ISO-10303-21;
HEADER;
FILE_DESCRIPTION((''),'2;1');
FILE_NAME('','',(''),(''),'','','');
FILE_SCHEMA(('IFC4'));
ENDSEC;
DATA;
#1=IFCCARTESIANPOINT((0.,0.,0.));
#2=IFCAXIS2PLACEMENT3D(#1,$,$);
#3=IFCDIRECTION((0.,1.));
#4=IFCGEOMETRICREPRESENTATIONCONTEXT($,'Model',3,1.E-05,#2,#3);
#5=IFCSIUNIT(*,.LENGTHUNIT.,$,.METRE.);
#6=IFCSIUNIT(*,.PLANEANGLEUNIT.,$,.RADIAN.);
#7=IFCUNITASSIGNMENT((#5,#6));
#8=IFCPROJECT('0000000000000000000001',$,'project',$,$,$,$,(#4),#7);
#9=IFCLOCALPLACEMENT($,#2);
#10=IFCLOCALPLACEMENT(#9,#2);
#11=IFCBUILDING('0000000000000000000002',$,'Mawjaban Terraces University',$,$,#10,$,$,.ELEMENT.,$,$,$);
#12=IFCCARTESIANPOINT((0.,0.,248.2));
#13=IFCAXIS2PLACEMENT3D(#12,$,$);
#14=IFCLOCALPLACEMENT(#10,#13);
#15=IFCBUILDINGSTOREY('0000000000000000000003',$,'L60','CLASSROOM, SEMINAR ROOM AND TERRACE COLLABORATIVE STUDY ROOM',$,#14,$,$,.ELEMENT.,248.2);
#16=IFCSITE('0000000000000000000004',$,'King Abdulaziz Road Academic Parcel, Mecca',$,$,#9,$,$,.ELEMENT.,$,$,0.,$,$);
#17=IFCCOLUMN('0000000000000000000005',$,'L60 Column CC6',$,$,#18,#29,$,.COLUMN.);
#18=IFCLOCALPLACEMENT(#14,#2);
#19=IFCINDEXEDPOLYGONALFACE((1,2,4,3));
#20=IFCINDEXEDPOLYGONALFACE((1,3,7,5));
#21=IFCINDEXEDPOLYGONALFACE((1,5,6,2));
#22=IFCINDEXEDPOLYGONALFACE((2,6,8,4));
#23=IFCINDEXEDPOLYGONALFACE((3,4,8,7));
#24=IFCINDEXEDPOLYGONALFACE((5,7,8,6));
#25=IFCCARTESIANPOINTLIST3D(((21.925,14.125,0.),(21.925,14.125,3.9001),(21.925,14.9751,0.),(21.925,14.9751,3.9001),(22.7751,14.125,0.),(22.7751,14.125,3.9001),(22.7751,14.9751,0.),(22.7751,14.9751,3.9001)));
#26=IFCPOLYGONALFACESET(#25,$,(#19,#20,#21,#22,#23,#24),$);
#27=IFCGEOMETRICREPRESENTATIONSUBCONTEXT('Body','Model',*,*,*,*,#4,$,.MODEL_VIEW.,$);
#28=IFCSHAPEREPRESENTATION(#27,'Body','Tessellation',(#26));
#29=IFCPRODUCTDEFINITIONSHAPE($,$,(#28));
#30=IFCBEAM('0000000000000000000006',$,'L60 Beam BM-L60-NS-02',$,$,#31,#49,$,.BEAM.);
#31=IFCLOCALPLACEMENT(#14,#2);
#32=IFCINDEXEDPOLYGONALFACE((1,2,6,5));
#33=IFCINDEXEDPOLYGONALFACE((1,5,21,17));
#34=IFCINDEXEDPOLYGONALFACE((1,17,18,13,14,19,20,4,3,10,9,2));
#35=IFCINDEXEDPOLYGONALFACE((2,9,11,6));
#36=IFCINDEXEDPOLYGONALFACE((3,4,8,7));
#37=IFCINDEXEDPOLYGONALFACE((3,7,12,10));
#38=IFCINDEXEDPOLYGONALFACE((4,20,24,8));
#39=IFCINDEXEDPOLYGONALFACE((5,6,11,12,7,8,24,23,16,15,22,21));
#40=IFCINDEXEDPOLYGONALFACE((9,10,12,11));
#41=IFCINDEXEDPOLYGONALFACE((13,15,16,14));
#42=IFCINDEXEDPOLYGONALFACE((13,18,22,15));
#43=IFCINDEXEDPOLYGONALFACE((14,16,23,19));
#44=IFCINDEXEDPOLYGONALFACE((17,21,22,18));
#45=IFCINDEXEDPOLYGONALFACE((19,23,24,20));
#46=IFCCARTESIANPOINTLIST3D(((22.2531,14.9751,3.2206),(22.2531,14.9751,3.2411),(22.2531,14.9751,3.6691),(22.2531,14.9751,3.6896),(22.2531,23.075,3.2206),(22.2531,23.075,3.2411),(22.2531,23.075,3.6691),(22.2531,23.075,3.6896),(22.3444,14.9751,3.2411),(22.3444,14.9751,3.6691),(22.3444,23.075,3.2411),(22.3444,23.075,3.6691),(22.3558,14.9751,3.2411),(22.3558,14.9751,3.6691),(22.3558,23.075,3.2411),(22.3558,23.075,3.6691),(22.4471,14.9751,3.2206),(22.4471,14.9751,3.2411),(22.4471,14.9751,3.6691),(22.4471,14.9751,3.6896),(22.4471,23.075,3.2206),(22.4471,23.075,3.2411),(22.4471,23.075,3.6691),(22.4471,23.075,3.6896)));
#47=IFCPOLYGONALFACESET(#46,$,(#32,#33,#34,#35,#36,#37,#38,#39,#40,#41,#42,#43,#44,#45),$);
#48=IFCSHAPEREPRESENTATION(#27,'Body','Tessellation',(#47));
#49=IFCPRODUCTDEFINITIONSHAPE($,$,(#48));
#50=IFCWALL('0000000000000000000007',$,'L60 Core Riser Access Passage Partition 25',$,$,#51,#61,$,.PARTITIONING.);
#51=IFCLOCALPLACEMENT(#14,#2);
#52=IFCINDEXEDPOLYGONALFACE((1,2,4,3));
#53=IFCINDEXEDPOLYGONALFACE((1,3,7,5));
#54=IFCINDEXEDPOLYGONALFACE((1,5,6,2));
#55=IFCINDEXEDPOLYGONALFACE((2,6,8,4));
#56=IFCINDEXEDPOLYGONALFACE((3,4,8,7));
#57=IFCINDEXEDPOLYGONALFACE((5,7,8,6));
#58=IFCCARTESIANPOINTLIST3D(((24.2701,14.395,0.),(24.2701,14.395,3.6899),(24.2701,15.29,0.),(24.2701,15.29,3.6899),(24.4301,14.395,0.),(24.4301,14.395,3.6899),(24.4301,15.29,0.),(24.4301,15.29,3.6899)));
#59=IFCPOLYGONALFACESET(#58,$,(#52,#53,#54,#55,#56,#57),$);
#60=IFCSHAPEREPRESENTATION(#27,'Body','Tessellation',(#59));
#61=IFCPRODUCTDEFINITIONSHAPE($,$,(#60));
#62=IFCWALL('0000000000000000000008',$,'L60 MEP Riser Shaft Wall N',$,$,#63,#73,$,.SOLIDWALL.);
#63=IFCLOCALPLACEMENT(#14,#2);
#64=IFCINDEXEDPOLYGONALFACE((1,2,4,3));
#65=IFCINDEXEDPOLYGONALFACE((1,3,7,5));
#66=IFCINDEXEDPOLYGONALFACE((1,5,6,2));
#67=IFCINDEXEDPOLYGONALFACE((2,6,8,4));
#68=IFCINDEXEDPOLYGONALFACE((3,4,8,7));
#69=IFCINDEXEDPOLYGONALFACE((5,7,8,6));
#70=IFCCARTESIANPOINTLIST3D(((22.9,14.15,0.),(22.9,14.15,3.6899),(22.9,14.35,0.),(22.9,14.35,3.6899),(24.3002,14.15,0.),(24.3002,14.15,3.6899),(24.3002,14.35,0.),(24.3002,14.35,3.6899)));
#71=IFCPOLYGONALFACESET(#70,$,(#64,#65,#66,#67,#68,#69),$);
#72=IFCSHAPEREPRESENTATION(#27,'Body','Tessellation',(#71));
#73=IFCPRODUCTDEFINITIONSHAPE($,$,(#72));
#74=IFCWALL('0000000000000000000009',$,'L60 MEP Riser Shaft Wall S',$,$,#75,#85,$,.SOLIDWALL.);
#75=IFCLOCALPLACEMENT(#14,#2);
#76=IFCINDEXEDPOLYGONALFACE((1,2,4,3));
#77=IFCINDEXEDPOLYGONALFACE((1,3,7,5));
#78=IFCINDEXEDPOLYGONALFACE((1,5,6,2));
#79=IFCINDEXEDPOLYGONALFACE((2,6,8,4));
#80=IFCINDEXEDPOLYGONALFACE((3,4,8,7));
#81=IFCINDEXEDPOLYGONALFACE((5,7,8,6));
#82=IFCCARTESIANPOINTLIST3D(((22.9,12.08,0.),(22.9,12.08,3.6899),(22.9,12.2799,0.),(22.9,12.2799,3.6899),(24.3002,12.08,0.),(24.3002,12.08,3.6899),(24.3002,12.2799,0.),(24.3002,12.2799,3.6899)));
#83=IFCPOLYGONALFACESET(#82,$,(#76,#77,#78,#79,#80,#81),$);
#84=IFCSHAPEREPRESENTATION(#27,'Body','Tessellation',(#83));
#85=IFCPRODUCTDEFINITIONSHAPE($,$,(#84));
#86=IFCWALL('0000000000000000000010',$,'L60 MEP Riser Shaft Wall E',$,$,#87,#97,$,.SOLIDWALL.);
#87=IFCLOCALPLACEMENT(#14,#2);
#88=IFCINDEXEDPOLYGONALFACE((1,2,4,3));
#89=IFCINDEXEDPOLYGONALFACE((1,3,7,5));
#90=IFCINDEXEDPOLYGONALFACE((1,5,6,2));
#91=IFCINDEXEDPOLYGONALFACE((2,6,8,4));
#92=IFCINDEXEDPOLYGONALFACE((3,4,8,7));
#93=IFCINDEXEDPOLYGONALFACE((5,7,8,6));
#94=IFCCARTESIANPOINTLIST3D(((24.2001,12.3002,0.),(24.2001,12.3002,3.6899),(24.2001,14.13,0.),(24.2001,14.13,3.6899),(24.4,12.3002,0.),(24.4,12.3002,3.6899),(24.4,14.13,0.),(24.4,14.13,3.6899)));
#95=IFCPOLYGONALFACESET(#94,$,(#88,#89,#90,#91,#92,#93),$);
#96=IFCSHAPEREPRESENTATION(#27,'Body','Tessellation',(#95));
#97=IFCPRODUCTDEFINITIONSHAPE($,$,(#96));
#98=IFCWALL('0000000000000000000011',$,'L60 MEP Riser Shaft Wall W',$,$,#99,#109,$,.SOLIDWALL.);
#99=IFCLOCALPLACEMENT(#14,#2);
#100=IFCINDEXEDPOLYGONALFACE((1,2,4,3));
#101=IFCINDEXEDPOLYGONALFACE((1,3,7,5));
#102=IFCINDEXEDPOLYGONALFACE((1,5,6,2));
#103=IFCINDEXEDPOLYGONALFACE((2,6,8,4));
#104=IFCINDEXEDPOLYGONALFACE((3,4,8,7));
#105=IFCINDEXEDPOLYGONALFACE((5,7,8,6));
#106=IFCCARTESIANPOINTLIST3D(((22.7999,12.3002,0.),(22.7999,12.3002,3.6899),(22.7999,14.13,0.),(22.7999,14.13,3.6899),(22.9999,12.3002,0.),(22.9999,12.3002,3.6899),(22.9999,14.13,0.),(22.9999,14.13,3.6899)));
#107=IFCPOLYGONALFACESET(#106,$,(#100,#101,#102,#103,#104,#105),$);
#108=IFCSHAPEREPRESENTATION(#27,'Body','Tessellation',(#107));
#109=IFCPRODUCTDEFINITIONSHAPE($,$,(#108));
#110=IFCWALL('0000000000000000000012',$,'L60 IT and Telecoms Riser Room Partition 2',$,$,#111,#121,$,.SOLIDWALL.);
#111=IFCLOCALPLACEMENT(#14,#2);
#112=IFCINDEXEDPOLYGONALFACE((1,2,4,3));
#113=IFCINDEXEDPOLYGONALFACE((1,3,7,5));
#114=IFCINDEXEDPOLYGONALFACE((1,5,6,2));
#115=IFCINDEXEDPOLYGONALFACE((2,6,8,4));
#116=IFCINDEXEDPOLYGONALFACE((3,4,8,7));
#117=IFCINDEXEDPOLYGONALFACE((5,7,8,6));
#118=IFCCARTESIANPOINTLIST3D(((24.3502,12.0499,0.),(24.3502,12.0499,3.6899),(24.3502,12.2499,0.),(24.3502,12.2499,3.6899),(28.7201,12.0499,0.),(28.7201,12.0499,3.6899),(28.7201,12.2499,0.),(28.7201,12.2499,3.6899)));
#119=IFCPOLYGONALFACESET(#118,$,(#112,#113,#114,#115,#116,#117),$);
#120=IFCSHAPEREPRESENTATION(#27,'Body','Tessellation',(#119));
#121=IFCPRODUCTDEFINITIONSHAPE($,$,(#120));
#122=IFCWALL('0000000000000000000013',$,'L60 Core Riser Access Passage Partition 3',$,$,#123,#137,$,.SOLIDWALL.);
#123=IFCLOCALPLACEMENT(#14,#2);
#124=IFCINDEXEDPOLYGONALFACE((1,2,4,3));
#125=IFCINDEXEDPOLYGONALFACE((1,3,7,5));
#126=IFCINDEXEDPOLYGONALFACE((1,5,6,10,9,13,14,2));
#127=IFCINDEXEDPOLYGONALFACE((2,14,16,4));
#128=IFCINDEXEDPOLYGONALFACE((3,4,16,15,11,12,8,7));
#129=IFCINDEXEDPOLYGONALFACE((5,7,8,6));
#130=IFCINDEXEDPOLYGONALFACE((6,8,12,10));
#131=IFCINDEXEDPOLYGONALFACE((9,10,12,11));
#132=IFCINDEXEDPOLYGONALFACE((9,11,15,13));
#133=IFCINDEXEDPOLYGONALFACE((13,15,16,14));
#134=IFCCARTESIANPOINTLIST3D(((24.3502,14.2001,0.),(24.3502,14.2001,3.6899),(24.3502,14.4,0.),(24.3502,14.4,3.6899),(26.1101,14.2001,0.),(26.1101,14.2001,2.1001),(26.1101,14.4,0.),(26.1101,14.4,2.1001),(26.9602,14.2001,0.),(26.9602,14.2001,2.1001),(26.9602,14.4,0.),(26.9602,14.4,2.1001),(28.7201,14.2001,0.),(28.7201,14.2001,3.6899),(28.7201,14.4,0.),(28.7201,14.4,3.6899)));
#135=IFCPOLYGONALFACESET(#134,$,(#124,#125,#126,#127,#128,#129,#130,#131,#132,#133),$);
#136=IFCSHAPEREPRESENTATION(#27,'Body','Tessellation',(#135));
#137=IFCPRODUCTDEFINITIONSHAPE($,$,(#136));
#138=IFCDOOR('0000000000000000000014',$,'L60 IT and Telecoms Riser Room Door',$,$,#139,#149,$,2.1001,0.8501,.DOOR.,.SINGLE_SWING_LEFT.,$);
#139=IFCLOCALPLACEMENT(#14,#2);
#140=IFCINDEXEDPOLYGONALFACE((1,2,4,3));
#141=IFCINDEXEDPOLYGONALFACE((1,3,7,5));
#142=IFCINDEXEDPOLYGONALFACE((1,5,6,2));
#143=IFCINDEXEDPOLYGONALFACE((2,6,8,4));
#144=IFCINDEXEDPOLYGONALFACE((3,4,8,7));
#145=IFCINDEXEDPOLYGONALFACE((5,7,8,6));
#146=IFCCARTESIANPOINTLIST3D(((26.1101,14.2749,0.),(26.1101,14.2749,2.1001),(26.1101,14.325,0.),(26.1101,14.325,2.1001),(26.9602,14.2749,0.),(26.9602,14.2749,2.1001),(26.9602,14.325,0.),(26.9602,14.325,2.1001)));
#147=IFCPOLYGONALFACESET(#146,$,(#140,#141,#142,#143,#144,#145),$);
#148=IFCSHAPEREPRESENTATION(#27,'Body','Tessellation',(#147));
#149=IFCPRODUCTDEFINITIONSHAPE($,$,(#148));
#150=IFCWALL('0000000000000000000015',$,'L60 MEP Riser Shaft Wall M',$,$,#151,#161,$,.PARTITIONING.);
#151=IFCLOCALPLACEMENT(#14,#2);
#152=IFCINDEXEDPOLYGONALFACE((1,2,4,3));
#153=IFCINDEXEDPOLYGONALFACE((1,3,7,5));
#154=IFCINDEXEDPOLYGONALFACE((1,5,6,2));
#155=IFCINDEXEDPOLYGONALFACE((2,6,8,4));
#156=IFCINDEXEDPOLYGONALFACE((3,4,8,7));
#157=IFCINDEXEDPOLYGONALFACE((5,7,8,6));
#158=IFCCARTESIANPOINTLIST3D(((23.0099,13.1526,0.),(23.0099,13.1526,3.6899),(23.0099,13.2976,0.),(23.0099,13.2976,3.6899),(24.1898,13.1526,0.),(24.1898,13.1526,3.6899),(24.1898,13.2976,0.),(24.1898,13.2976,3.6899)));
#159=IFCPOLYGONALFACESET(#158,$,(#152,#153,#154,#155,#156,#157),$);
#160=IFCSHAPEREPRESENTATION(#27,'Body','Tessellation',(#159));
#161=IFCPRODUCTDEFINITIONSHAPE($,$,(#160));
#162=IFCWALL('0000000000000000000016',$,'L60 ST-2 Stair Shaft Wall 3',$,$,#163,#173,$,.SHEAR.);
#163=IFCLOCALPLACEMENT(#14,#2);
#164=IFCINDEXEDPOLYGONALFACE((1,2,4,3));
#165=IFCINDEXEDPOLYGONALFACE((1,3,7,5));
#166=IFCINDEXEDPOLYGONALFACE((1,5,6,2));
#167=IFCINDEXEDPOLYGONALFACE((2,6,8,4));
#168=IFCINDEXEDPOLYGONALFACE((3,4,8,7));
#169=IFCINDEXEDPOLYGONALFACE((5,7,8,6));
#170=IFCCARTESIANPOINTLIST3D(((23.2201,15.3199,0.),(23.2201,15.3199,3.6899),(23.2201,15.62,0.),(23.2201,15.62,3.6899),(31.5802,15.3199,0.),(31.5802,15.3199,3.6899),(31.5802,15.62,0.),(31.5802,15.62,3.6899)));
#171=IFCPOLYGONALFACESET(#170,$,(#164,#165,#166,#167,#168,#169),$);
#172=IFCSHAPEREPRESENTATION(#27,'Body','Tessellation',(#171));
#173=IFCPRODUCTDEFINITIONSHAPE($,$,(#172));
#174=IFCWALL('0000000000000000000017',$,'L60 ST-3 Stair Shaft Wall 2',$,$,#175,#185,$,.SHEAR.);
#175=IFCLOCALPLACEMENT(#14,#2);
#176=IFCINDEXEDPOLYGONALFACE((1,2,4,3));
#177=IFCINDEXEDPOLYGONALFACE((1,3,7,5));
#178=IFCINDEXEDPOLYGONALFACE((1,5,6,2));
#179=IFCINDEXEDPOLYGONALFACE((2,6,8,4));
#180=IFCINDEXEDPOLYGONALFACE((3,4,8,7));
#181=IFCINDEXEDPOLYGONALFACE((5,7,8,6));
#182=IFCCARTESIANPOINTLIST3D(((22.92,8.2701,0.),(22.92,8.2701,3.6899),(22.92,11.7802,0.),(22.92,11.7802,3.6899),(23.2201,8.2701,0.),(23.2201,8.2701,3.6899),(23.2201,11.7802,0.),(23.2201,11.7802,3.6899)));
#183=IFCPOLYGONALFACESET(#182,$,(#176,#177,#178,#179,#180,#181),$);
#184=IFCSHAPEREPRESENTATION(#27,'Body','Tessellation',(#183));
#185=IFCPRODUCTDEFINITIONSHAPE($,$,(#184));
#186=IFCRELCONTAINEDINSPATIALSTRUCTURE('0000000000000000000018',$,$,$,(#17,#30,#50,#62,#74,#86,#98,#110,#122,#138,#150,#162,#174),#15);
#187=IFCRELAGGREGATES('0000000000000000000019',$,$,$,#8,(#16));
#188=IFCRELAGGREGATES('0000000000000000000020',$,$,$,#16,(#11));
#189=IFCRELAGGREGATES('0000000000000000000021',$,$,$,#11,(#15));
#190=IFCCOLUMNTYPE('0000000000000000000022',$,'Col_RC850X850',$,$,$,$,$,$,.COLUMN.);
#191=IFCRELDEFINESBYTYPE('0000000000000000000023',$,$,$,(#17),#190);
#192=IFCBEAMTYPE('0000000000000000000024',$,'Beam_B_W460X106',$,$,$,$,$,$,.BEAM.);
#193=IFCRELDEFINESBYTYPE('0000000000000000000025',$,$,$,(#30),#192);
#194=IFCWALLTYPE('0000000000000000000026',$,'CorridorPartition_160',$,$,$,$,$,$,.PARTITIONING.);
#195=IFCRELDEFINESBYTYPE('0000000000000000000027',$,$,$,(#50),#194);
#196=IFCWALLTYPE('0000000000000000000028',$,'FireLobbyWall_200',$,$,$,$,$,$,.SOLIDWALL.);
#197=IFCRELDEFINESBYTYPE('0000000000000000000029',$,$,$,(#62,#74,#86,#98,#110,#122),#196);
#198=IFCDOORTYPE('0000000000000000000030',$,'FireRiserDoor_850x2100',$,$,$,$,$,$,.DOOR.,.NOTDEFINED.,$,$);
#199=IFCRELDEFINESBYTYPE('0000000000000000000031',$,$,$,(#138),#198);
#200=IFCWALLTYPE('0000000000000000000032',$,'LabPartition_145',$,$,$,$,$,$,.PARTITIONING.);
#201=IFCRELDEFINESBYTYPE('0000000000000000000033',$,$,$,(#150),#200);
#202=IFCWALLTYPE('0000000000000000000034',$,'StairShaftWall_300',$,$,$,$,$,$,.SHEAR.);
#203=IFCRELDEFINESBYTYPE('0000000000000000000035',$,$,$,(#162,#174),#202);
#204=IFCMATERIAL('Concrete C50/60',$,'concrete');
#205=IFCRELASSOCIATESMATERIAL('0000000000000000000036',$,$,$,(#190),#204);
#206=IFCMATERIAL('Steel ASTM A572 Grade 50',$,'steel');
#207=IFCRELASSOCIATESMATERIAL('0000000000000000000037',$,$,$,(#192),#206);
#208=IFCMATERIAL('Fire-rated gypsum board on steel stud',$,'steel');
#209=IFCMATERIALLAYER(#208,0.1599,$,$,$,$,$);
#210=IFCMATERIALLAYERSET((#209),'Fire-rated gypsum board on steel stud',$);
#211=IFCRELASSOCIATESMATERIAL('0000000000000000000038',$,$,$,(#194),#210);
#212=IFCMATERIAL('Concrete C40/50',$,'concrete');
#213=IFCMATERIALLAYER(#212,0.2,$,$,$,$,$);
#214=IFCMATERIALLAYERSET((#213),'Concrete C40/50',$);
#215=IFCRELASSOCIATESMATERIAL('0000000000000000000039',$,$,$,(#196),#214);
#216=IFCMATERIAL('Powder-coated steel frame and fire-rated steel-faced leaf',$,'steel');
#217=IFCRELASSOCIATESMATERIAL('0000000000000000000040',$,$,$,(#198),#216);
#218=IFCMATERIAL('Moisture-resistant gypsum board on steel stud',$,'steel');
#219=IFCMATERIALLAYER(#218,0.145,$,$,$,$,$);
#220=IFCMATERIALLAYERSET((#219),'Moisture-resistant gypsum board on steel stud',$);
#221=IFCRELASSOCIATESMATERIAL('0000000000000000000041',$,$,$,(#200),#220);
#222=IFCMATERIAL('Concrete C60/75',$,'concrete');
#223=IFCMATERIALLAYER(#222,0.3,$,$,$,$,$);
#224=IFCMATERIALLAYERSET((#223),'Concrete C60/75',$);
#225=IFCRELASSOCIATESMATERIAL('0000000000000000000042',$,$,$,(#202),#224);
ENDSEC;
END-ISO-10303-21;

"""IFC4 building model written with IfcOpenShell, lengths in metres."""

from ifc_helpers import new_model, si_unit, direction, frame, frame_2d, origin, origin_2d, place, context, subcontext, project, spatial, rectangle, i_section, extrude, material, layer, layer_set, material_profile, profile_set, type_object, element, fill, save


model = new_model("IFC4")

# Units and contexts
model_context = context("Model", 3, precision=1e-05, world=origin(), true_north=direction((0.0, 1.0)))
body_context = subcontext(model_context, "Body", "Model", "MODEL_VIEW")
ifc_project = project(units=[si_unit("LENGTHUNIT", "METRE"), si_unit("PLANEANGLEUNIT", "RADIAN")], contexts=[model_context])

# Site, building, storey
site_placement = place(None, origin())
site = spatial("IfcSite", under=ifc_project, at=site_placement, Name="King Abdulaziz Road Academic Parcel, Mecca", CompositionType="ELEMENT", RefElevation=0.0)
building_placement = place(site_placement, origin())
building = spatial("IfcBuilding", under=site, at=building_placement, Name="Mawjaban Terraces University", CompositionType="ELEMENT")
storey_placement = place(building_placement, frame((0.0, 0.0, 248.2)))
storey = spatial("IfcBuildingStorey", under=building, at=storey_placement, Name="L60", Description="CLASSROOM, SEMINAR ROOM AND TERRACE COLLABORATIVE STUDY ROOM", CompositionType="ELEMENT", Elevation=248.2)

# Column
ifc_material_1 = material(Name="Concrete C50/60", Category="concrete")
ifc_material_profile_1 = material_profile(ifc_material_1, rectangle(XDim=0.8501, YDim=0.8501, at=origin_2d()), Name="RC850X850")
ifc_profile_set_1 = profile_set([ifc_material_profile_1], Name="Concrete C50/60")
column_type = type_object("IfcColumnType", Name="Col_RC850X850", PredefinedType="COLUMN", material=ifc_profile_set_1)
column_placement = place(storey_placement, frame((22.3501, 14.55, 0.0), z_axis=(0.0, 0.0, 1.0), x_axis=(1.0, 0.0, 0.0)))
element("IfcColumn", 1, at=column_placement, inside=storey, type_object=column_type, Name="L60 Column CC6", PredefinedType="COLUMN", context=body_context, shape_type="SweptSolid", body=[
    extrude(rectangle(XDim=0.8501, YDim=0.8501, at=origin_2d()), origin(), (0.0, 0.0, 1.0), 3.9001),
])

# Beam
ifc_material_2 = material(Name="Steel ASTM A572 Grade 50", Category="steel")
ifc_material_profile_2 = material_profile(ifc_material_2, i_section(OverallWidth=0.1941, OverallDepth=0.469, WebThickness=0.0115, FlangeThickness=0.0205, at=origin_2d()), Name="W460X106")
ifc_profile_set_2 = profile_set([ifc_material_profile_2], Name="Steel ASTM A572 Grade 50")
beam_type = type_object("IfcBeamType", Name="Beam_B_W460X106", PredefinedType="BEAM", material=ifc_profile_set_2)
beam_placement = place(storey_placement, frame((22.3501, 14.9751, 3.4551), z_axis=(0.0, 1.0, 0.0), x_axis=(-1.0, 0.0, 0.0)))
element("IfcBeam", 2, at=beam_placement, inside=storey, type_object=beam_type, Name="L60 Beam BM-L60-NS-02", PredefinedType="BEAM", context=body_context, shape_type="SweptSolid", body=[
    extrude(i_section(OverallWidth=0.1941, OverallDepth=0.469, WebThickness=0.0115, FlangeThickness=0.0205, at=origin_2d()), origin(), (0.0, 0.0, 1.0), 8.0999),
])

# Walls
ifc_material_3 = material(Name="Fire-rated gypsum board on steel stud", Category="steel")
ifc_layer_1 = layer(ifc_material_3, 0.1599)
ifc_layer_set_1 = layer_set([ifc_layer_1], Name="Fire-rated gypsum board on steel stud")
wall_type_1 = type_object("IfcWallType", Name="CorridorPartition_160", PredefinedType="PARTITIONING", material=ifc_layer_set_1)
wall_1_placement = place(storey_placement, frame((24.3501, 15.29, 0.0), z_axis=(0.0, 0.0, 1.0), x_axis=(0.0, -1.0, 0.0)))
element("IfcWall", 3, at=wall_1_placement, inside=storey, type_object=wall_type_1, Name="L60 Core Riser Access Passage Partition 25", PredefinedType="PARTITIONING", context=body_context, shape_type="SweptSolid", body=[
    extrude(rectangle(XDim=0.895, YDim=0.1599, at=frame_2d((0.4475, 0.0))), origin(), (0.0, 0.0, 1.0), 3.6899),
])
ifc_material_4 = material(Name="Concrete C40/50", Category="concrete")
ifc_layer_2 = layer(ifc_material_4, 0.2)
ifc_layer_set_2 = layer_set([ifc_layer_2], Name="Concrete C40/50")
wall_type_2 = type_object("IfcWallType", Name="FireLobbyWall_200", PredefinedType="SOLIDWALL", material=ifc_layer_set_2)
for number, where, z_axis, x_axis, name in (
    (4, (22.8999, 14.25, 0.0), (0.0, 0.0, 1.0), (1.0, 0.0, 0.0), "L60 MEP Riser Shaft Wall N"),
    (5, (22.8999, 12.1799, 0.0), (0.0, 0.0, 1.0), (1.0, 0.0, 0.0), "L60 MEP Riser Shaft Wall S"),
):
    element("IfcWall", number, at=place(storey_placement, frame(where, z_axis=z_axis, x_axis=x_axis)), inside=storey, type_object=wall_type_2, Name=name, PredefinedType="SOLIDWALL", context=body_context, shape_type="SweptSolid", body=[
        extrude(rectangle(XDim=1.4001, YDim=0.2, at=frame_2d((0.7002, 0.0))), origin(), (0.0, 0.0, 1.0), 3.6899),
    ])
for number, where, z_axis, x_axis, name in (
    (6, (24.3, 12.3, 0.0), (0.0, 0.0, 1.0), (0.0, 1.0, 0.0), "L60 MEP Riser Shaft Wall E"),
    (7, (22.8999, 12.3, 0.0), (0.0, 0.0, 1.0), (0.0, 1.0, 0.0), "L60 MEP Riser Shaft Wall W"),
):
    element("IfcWall", number, at=place(storey_placement, frame(where, z_axis=z_axis, x_axis=x_axis)), inside=storey, type_object=wall_type_2, Name=name, PredefinedType="SOLIDWALL", context=body_context, shape_type="SweptSolid", body=[
        extrude(rectangle(XDim=1.8298, YDim=0.2, at=frame_2d((0.915, 0.0))), origin(), (0.0, 0.0, 1.0), 3.6899),
    ])
wall_2_placement = place(storey_placement, frame((24.3501, 12.1499, 0.0), z_axis=(0.0, 0.0, 1.0), x_axis=(1.0, 0.0, 0.0)))
element("IfcWall", 8, at=wall_2_placement, inside=storey, type_object=wall_type_2, Name="L60 IT and Telecoms Riser Room Partition 2", PredefinedType="SOLIDWALL", context=body_context, shape_type="SweptSolid", body=[
    extrude(rectangle(XDim=4.3699, YDim=0.2, at=frame_2d((2.1851, 0.0))), origin(), (0.0, 0.0, 1.0), 3.6899),
])

# Wall, opening, door
wall_3_placement = place(storey_placement, frame((24.3501, 14.3, 0.0), z_axis=(0.0, 0.0, 1.0), x_axis=(1.0, 0.0, 0.0)))
wall_3 = element("IfcWall", 9, at=wall_3_placement, inside=storey, type_object=wall_type_2, Name="L60 Core Riser Access Passage Partition 3", PredefinedType="SOLIDWALL", context=body_context, shape_type="SweptSolid", body=[
    extrude(rectangle(XDim=4.3699, YDim=0.2, at=frame_2d((2.1851, 0.0))), origin(), (0.0, 0.0, 1.0), 3.6899),
])
opening_placement = place(wall_3_placement, frame((1.76, 0.0, 0.0)))
opening = element("IfcOpeningElement", 10, at=opening_placement, cuts=wall_3, PredefinedType="OPENING", context=body_context, shape_type="SweptSolid", body=[
    extrude(rectangle(XDim=0.8501, YDim=2.1001, at=frame_2d((0.425, 1.05))), frame((0.0, 0.1099, 0.0), z_axis=(0.0, -1.0, 0.0), x_axis=(1.0, 0.0, 0.0)), (0.0, 0.0, 1.0), 0.22),
])
ifc_material_5 = material(Name="Powder-coated steel frame and fire-rated steel-faced leaf", Category="steel")
door_type = type_object("IfcDoorType", Name="FireRiserDoor_850x2100", OperationType="NOTDEFINED", PredefinedType="DOOR", material=ifc_material_5)
door_placement = place(opening_placement, origin())
door = element("IfcDoor", 11, at=door_placement, inside=storey, type_object=door_type, Name="L60 IT and Telecoms Riser Room Door", OperationType="SINGLE_SWING_LEFT", OverallHeight=2.1001, OverallWidth=0.8501, PredefinedType="DOOR", context=body_context, shape_type="SweptSolid", body=[
    extrude(rectangle(XDim=0.8501, YDim=2.1001, at=frame_2d((0.425, 1.05))), frame((0.0, 0.0249, 0.0), z_axis=(0.0, -1.0, 0.0), x_axis=(1.0, 0.0, 0.0)), (0.0, 0.0, 1.0), 0.05),
])
fill(opening, door)

# Walls
ifc_material_6 = material(Name="Moisture-resistant gypsum board on steel stud", Category="steel")
ifc_layer_3 = layer(ifc_material_6, 0.145)
ifc_layer_set_3 = layer_set([ifc_layer_3], Name="Moisture-resistant gypsum board on steel stud")
wall_type_3 = type_object("IfcWallType", Name="LabPartition_145", PredefinedType="PARTITIONING", material=ifc_layer_set_3)
wall_4_placement = place(storey_placement, frame((23.01, 13.2251, 0.0), z_axis=(0.0, 0.0, 1.0), x_axis=(1.0, 0.0, 0.0)))
element("IfcWall", 12, at=wall_4_placement, inside=storey, type_object=wall_type_3, Name="L60 MEP Riser Shaft Wall M", PredefinedType="PARTITIONING", context=body_context, shape_type="SweptSolid", body=[
    extrude(rectangle(XDim=1.1799, YDim=0.145, at=frame_2d((0.5898, 0.0))), origin(), (0.0, 0.0, 1.0), 3.6899),
])
ifc_material_7 = material(Name="Concrete C60/75", Category="concrete")
ifc_layer_4 = layer(ifc_material_7, 0.3)
ifc_layer_set_4 = layer_set([ifc_layer_4], Name="Concrete C60/75")
wall_type_4 = type_object("IfcWallType", Name="StairShaftWall_300", PredefinedType="SHEAR", material=ifc_layer_set_4)
wall_5_placement = place(storey_placement, frame((23.22, 15.47, 0.0), z_axis=(0.0, 0.0, 1.0), x_axis=(1.0, 0.0, 0.0)))
element("IfcWall", 13, at=wall_5_placement, inside=storey, type_object=wall_type_4, Name="L60 ST-2 Stair Shaft Wall 3", PredefinedType="SHEAR", context=body_context, shape_type="SweptSolid", body=[
    extrude(rectangle(XDim=8.3601, YDim=0.3, at=frame_2d((4.1802, 0.0))), origin(), (0.0, 0.0, 1.0), 3.6899),
])
wall_6_placement = place(storey_placement, frame((23.0701, 11.78, 0.0), z_axis=(0.0, 0.0, 1.0), x_axis=(0.0, -1.0, 0.0)))
element("IfcWall", 14, at=wall_6_placement, inside=storey, type_object=wall_type_4, Name="L60 ST-3 Stair Shaft Wall 2", PredefinedType="SHEAR", context=body_context, shape_type="SweptSolid", body=[
    extrude(rectangle(XDim=3.51, YDim=0.3, at=frame_2d((1.7549, 0.0))), origin(), (0.0, 0.0, 1.0), 3.6899),
])

save(model, "model.ifc")
